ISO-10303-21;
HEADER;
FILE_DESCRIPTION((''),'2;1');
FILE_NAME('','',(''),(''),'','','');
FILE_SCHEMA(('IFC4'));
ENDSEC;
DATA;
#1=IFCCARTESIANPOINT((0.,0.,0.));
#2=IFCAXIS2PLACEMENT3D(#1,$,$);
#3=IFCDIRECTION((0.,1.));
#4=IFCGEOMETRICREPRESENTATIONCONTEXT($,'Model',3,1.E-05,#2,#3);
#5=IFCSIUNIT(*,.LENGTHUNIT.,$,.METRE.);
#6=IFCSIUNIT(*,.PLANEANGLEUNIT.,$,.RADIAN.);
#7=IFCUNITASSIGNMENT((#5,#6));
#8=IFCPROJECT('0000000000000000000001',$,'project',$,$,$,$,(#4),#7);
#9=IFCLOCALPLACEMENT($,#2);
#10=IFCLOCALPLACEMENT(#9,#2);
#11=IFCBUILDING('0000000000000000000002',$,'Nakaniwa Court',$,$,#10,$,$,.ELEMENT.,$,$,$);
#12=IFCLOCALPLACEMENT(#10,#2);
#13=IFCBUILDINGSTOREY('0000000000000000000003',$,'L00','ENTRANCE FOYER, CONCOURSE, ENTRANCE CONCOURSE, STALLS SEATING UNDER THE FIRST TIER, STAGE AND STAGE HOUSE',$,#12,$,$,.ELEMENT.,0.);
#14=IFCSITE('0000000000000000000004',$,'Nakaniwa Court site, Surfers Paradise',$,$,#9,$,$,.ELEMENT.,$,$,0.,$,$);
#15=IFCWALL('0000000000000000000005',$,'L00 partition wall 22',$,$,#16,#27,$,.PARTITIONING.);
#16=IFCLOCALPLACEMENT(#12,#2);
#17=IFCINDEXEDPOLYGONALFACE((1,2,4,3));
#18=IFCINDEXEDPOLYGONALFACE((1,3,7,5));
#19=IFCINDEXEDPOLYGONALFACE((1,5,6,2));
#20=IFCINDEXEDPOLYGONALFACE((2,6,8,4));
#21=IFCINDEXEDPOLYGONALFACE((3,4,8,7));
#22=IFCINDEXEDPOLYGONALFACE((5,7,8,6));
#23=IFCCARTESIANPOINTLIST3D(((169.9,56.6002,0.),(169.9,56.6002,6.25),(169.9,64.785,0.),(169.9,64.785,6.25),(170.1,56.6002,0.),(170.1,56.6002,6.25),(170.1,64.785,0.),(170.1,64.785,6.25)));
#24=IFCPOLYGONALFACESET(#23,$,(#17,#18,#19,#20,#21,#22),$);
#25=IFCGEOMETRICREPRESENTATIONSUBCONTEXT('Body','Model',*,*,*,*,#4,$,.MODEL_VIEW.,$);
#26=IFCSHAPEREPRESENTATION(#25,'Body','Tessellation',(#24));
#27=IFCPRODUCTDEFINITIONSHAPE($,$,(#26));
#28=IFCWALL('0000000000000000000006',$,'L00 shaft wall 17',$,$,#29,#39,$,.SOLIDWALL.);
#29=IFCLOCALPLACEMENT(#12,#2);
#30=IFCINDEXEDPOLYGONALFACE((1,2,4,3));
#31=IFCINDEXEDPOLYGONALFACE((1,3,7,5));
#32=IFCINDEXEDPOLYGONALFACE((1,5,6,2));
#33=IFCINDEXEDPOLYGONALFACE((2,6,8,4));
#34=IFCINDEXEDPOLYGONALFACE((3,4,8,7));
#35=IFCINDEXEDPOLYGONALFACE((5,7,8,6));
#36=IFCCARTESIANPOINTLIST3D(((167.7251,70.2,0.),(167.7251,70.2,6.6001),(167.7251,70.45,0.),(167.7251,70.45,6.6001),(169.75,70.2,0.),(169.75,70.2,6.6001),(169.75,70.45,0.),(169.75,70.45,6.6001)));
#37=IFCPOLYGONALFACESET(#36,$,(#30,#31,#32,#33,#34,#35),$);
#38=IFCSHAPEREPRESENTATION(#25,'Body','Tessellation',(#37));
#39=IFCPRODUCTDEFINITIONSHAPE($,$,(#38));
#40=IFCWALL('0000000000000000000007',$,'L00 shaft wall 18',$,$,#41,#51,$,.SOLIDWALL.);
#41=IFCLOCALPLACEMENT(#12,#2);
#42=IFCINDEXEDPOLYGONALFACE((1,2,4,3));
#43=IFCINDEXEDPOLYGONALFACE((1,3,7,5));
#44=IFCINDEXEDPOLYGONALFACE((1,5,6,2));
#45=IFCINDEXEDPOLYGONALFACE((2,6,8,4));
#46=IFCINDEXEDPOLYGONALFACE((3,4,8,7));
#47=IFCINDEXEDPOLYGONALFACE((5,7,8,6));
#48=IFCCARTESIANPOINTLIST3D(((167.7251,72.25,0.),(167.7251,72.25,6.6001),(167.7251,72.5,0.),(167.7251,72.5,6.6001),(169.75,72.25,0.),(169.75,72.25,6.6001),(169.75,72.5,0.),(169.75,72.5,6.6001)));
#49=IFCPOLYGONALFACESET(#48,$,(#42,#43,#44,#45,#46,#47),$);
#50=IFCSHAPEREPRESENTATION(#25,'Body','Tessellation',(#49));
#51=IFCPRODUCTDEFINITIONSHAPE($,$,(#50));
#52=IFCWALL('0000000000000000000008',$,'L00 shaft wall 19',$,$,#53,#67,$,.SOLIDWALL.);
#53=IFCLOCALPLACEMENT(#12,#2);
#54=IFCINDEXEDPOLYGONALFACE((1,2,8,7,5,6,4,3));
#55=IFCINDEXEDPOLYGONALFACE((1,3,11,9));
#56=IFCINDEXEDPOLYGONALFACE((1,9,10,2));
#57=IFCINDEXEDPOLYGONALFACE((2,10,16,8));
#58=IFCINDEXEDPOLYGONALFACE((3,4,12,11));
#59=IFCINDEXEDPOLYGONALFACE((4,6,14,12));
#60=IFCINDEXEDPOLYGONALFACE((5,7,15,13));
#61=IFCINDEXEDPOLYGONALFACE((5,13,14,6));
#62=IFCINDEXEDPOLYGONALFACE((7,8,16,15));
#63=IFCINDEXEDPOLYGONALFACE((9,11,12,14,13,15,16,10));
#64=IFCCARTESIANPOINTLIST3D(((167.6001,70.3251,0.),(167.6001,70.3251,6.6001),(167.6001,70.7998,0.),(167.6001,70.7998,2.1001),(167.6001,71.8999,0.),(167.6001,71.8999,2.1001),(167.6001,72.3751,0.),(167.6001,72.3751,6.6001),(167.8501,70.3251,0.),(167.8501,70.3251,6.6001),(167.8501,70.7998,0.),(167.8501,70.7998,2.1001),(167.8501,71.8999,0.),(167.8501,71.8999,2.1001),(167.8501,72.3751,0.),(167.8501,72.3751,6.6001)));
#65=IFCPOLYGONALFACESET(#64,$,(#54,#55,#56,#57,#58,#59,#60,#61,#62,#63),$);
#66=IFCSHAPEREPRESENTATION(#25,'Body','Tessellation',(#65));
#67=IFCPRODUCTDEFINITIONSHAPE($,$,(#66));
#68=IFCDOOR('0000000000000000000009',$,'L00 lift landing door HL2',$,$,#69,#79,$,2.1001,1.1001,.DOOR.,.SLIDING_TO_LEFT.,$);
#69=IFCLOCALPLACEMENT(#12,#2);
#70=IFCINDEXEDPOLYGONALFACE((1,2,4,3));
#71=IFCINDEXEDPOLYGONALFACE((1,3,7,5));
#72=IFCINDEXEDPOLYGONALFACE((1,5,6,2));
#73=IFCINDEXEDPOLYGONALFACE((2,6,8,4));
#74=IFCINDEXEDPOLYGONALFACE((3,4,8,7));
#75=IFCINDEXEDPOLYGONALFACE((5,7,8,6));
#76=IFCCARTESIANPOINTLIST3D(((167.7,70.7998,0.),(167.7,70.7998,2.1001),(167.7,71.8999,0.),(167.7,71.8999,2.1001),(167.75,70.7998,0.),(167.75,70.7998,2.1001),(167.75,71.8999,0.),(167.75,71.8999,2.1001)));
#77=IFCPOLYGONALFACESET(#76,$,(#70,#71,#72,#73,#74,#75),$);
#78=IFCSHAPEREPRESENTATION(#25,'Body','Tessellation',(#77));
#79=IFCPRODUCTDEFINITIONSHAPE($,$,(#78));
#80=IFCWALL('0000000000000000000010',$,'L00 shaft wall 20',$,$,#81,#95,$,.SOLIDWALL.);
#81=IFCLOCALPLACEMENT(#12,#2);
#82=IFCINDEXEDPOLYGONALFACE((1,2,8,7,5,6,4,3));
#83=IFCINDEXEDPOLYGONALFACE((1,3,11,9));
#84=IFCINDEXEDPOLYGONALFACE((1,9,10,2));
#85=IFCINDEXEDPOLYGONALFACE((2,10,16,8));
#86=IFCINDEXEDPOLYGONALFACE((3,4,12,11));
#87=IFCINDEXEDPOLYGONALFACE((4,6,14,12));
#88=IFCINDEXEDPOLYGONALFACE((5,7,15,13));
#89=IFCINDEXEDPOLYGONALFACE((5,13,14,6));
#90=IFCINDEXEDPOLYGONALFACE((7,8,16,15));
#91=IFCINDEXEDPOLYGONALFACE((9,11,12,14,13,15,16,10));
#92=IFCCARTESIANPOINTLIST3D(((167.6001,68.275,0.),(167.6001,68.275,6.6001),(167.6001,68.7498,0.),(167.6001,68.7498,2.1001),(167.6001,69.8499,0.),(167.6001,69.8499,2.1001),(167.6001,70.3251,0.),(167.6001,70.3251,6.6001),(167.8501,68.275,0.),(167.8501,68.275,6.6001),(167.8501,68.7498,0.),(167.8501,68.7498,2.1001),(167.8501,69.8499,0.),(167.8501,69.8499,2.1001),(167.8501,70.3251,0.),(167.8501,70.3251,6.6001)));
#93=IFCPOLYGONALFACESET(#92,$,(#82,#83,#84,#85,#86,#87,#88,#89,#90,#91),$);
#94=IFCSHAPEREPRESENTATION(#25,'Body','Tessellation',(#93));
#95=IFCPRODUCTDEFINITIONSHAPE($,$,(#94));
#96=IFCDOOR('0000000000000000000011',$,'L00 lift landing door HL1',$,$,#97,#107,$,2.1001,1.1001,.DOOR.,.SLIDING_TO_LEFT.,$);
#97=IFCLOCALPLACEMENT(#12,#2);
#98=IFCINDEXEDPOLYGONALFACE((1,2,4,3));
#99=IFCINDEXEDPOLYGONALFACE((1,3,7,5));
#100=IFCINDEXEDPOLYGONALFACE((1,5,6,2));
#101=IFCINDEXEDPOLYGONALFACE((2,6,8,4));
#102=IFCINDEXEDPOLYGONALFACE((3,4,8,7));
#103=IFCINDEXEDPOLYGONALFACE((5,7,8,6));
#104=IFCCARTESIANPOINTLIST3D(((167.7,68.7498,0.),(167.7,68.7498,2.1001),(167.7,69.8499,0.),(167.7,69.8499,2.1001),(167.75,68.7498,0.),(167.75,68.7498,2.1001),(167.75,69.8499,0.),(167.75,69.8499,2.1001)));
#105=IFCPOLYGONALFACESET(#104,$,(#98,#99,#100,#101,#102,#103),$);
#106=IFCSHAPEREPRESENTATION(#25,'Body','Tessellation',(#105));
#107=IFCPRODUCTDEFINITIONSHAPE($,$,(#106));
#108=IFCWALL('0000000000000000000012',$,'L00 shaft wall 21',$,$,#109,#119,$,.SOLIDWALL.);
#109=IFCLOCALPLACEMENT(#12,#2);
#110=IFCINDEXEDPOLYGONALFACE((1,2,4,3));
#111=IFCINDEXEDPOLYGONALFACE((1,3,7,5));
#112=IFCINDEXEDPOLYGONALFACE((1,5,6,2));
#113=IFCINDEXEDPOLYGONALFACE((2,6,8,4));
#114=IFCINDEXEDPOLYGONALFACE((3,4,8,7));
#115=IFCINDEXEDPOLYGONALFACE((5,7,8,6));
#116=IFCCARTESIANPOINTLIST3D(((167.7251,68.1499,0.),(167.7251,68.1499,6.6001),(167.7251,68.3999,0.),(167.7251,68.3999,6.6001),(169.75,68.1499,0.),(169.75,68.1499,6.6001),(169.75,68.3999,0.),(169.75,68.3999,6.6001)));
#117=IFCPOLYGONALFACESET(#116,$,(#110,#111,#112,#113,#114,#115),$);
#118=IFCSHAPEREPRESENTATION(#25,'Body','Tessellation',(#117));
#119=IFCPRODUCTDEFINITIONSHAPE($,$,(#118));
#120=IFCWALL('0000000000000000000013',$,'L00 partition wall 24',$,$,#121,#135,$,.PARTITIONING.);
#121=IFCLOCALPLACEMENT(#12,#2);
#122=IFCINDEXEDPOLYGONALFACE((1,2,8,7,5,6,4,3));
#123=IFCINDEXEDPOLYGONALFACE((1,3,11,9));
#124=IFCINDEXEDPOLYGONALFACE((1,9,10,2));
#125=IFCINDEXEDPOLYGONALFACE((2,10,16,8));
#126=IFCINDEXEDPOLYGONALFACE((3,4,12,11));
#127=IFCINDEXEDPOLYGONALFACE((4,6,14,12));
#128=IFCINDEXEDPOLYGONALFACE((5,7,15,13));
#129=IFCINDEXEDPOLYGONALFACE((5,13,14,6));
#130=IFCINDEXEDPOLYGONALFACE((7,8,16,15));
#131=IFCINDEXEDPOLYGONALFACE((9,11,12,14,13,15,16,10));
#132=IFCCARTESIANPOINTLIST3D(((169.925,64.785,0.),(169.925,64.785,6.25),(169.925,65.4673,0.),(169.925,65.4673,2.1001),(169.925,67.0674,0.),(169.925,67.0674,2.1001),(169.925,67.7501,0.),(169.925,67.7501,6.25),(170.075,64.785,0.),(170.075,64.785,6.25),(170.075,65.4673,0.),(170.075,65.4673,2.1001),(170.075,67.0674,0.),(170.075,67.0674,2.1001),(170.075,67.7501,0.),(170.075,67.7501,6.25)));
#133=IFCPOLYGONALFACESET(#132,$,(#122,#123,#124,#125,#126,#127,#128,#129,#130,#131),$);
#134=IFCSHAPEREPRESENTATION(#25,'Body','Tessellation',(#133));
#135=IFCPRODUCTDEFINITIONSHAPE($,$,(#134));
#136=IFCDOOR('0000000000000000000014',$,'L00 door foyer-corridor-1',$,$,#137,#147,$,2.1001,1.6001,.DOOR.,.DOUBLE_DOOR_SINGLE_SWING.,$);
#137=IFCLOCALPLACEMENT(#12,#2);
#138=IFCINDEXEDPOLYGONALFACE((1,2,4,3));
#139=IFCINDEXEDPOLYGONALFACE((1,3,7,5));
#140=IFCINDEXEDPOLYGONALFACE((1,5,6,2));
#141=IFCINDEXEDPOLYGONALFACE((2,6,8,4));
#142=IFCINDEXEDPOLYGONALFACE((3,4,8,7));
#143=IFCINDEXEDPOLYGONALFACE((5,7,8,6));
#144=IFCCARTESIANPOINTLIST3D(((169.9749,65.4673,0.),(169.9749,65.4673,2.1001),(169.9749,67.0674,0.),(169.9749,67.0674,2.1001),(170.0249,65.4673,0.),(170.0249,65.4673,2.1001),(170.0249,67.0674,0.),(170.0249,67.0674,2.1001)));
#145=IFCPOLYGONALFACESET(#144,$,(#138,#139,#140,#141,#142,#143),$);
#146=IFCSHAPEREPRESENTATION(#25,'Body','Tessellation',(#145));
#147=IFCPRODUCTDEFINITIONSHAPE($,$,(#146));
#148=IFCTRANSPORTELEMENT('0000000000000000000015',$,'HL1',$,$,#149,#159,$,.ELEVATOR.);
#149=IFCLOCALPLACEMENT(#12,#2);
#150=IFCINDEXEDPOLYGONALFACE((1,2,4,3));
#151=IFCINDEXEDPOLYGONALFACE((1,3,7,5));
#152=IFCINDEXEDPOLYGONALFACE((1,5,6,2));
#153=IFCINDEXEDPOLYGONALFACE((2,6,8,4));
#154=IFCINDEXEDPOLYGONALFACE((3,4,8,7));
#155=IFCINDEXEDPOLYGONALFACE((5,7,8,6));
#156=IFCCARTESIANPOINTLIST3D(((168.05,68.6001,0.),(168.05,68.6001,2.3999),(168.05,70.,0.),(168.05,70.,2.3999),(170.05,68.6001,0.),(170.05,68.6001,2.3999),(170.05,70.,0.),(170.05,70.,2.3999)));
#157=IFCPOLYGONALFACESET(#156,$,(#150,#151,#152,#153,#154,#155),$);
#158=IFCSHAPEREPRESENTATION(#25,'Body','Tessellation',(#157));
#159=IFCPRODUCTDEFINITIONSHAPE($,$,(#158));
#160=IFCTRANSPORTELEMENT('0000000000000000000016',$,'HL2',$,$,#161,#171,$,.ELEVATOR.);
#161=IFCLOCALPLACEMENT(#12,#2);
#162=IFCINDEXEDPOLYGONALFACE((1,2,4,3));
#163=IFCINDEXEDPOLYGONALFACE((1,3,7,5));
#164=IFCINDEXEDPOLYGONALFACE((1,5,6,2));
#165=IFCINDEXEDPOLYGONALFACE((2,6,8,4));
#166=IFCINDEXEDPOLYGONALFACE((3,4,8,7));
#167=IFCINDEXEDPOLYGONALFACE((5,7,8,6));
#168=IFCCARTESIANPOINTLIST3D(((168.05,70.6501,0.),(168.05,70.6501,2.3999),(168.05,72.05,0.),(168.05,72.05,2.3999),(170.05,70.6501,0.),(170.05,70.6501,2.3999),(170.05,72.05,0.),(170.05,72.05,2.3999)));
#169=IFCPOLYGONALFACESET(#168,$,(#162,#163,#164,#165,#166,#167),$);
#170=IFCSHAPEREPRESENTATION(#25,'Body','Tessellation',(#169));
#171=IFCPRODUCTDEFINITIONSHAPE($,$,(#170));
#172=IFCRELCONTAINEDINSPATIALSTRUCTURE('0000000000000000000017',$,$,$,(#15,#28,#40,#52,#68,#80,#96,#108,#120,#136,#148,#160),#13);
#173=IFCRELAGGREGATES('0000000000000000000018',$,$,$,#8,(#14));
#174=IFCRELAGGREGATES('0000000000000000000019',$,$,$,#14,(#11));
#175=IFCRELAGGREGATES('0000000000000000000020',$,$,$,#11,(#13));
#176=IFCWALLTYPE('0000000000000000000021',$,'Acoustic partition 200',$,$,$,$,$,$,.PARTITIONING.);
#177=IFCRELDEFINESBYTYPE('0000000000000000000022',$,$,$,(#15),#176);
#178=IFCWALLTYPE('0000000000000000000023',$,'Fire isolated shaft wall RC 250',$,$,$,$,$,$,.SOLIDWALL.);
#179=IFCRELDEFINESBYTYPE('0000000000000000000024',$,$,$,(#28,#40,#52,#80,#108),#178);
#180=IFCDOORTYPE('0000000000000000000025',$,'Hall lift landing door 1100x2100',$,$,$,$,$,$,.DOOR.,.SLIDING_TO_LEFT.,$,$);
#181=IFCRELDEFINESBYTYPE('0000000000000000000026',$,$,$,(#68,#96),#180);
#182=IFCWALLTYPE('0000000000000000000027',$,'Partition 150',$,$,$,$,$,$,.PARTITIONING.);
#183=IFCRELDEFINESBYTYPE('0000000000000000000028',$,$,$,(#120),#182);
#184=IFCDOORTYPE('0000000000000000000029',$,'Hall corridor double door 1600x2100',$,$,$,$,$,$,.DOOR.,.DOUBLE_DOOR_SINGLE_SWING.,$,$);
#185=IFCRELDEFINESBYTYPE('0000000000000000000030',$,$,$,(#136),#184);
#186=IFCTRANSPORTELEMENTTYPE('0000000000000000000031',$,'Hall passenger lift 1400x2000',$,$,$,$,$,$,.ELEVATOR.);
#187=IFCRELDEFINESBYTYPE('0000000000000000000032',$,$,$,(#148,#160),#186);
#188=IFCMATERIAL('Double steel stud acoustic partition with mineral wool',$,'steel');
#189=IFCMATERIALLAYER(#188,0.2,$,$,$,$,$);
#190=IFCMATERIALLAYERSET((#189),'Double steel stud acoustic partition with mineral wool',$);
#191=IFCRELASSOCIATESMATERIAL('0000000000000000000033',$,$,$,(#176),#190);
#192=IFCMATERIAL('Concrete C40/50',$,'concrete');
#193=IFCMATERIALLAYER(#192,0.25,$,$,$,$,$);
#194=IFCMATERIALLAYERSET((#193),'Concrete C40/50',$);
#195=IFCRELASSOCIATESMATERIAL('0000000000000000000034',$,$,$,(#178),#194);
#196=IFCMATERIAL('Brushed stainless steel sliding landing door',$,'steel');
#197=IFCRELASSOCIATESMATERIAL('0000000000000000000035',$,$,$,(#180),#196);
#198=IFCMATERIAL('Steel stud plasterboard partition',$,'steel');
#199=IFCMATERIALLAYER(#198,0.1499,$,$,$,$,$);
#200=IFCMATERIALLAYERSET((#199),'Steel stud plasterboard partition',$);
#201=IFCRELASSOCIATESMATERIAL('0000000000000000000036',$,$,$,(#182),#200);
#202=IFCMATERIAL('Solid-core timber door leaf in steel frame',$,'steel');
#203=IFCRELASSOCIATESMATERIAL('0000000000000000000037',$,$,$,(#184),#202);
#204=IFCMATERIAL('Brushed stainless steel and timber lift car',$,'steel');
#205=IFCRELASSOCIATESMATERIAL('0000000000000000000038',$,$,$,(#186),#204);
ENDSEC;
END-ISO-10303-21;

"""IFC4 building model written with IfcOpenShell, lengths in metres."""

from ifc_helpers import new_model, si_unit, direction, frame, frame_2d, origin, origin_2d, place, context, subcontext, project, spatial, rectangle, extrude, material, layer, layer_set, type_object, element, fill, save


model = new_model("IFC4")

# Units and contexts
model_context = context("Model", 3, precision=1e-05, world=origin(), true_north=direction((0.0, 1.0)))
body_context = subcontext(model_context, "Body", "Model", "MODEL_VIEW")
ifc_project = project(units=[si_unit("LENGTHUNIT", "METRE"), si_unit("PLANEANGLEUNIT", "RADIAN")], contexts=[model_context])

# Site, building, storey
site_placement = place(None, origin())
site = spatial("IfcSite", under=ifc_project, at=site_placement, Name="Nakaniwa Court site, Surfers Paradise", CompositionType="ELEMENT", RefElevation=0.0)
building_placement = place(site_placement, origin())
building = spatial("IfcBuilding", under=site, at=building_placement, Name="Nakaniwa Court", CompositionType="ELEMENT")
storey_placement = place(building_placement, origin())
storey = spatial("IfcBuildingStorey", under=building, at=storey_placement, Name="L00", Description="ENTRANCE FOYER, CONCOURSE, ENTRANCE CONCOURSE, STALLS SEATING UNDER THE FIRST TIER, STAGE AND STAGE HOUSE", CompositionType="ELEMENT", Elevation=0.0)

# Shared definitions
ifc_material_1 = material(Name="Concrete C40/50", Category="concrete")

# Wall
ifc_material_2 = material(Name="Double steel stud acoustic partition with mineral wool", Category="steel")
ifc_layer_1 = layer(ifc_material_2, 0.2)
ifc_layer_set_1 = layer_set([ifc_layer_1], Name="Double steel stud acoustic partition with mineral wool")
wall_type_1 = type_object("IfcWallType", Name="Acoustic partition 200", PredefinedType="PARTITIONING", material=ifc_layer_set_1)
wall_1_placement = place(storey_placement, frame((170.0, 64.7849, 0.0), z_axis=(0.0, 0.0, 1.0), x_axis=(0.0, -1.0, 0.0)))
element("IfcWall", 1, at=wall_1_placement, inside=storey, type_object=wall_type_1, Name="L00 partition wall 22", PredefinedType="PARTITIONING", context=body_context, shape_type="SweptSolid", body=[
    extrude(rectangle(XDim=8.1848, YDim=0.2, at=frame_2d((4.0923, 0.0))), origin(), (0.0, 0.0, 1.0), 6.25),
])

# Walls
ifc_layer_2 = layer(ifc_material_1, 0.25)
ifc_layer_set_2 = layer_set([ifc_layer_2], Name="Concrete C40/50")
wall_type_2 = type_object("IfcWallType", Name="Fire isolated shaft wall RC 250", PredefinedType="SOLIDWALL", material=ifc_layer_set_2)
for number, where, z_axis, x_axis, name in (
    (2, (167.7251, 70.325, 0.0), (0.0, 0.0, 1.0), (1.0, 0.0, 0.0), "L00 shaft wall 17"),
    (3, (169.75, 72.375, 0.0), (0.0, 0.0, 1.0), (-1.0, 0.0, 0.0), "L00 shaft wall 18"),
):
    element("IfcWall", number, at=place(storey_placement, frame(where, z_axis=z_axis, x_axis=x_axis)), inside=storey, type_object=wall_type_2, Name=name, PredefinedType="SOLIDWALL", context=body_context, shape_type="SweptSolid", body=[
        extrude(rectangle(XDim=2.0249, YDim=0.25, at=frame_2d((1.0125, 0.0))), origin(), (0.0, 0.0, 1.0), 6.6001),
    ])

# Walls, openings, doors
wall_2_placement = place(storey_placement, frame((167.7251, 72.375, 0.0), z_axis=(0.0, 0.0, 1.0), x_axis=(0.0, -1.0, 0.0)))
wall_2 = element("IfcWall", 4, at=wall_2_placement, inside=storey, type_object=wall_type_2, Name="L00 shaft wall 19", PredefinedType="SOLIDWALL", context=body_context, shape_type="SweptSolid", body=[
    extrude(rectangle(XDim=2.05, YDim=0.25, at=frame_2d((1.0249, 0.0))), origin(), (0.0, 0.0, 1.0), 6.6001),
])
opening_1_placement = place(wall_2_placement, frame((0.4751, 0.0, 0.0)))
opening_1 = element("IfcOpeningElement", 5, at=opening_1_placement, cuts=wall_2, PredefinedType="OPENING", context=body_context, shape_type="SweptSolid", body=[
    extrude(rectangle(XDim=1.1001, YDim=2.1001, at=frame_2d((0.55, 1.05))), frame((0.0, 0.135, 0.0), z_axis=(0.0, -1.0, 0.0), x_axis=(1.0, 0.0, 0.0)), (0.0, 0.0, 1.0), 0.27),
])
ifc_material_3 = material(Name="Brushed stainless steel sliding landing door", Category="steel")
door_type_1 = type_object("IfcDoorType", Name="Hall lift landing door 1100x2100", OperationType="SLIDING_TO_LEFT", PredefinedType="DOOR", material=ifc_material_3)
door_1_placement = place(opening_1_placement, origin())
door_1 = element("IfcDoor", 6, at=door_1_placement, inside=storey, type_object=door_type_1, Name="L00 lift landing door HL2", OperationType="SLIDING_TO_LEFT", OverallHeight=2.1001, OverallWidth=1.1001, PredefinedType="DOOR", context=body_context, shape_type="SweptSolid", body=[
    extrude(rectangle(XDim=1.1001, YDim=2.1001, at=frame_2d((0.55, 1.05))), frame((0.0, 0.0249, 0.0), z_axis=(0.0, -1.0, 0.0), x_axis=(1.0, 0.0, 0.0)), (0.0, 0.0, 1.0), 0.05),
])
fill(opening_1, door_1)
wall_3_placement = place(storey_placement, frame((167.7251, 70.325, 0.0), z_axis=(0.0, 0.0, 1.0), x_axis=(0.0, -1.0, 0.0)))
wall_3 = element("IfcWall", 7, at=wall_3_placement, inside=storey, type_object=wall_type_2, Name="L00 shaft wall 20", PredefinedType="SOLIDWALL", context=body_context, shape_type="SweptSolid", body=[
    extrude(rectangle(XDim=2.05, YDim=0.25, at=frame_2d((1.0249, 0.0))), origin(), (0.0, 0.0, 1.0), 6.6001),
])
opening_2_placement = place(wall_3_placement, frame((0.4751, 0.0, 0.0)))
opening_2 = element("IfcOpeningElement", 8, at=opening_2_placement, cuts=wall_3, PredefinedType="OPENING", context=body_context, shape_type="SweptSolid", body=[
    extrude(rectangle(XDim=1.1001, YDim=2.1001, at=frame_2d((0.55, 1.05))), frame((0.0, 0.135, 0.0), z_axis=(0.0, -1.0, 0.0), x_axis=(1.0, 0.0, 0.0)), (0.0, 0.0, 1.0), 0.27),
])
door_2_placement = place(opening_2_placement, origin())
door_2 = element("IfcDoor", 9, at=door_2_placement, inside=storey, type_object=door_type_1, Name="L00 lift landing door HL1", OperationType="SLIDING_TO_LEFT", OverallHeight=2.1001, OverallWidth=1.1001, PredefinedType="DOOR", context=body_context, shape_type="SweptSolid", body=[
    extrude(rectangle(XDim=1.1001, YDim=2.1001, at=frame_2d((0.55, 1.05))), frame((0.0, 0.0249, 0.0), z_axis=(0.0, -1.0, 0.0), x_axis=(1.0, 0.0, 0.0)), (0.0, 0.0, 1.0), 0.05),
])
fill(opening_2, door_2)

# Wall
wall_4_placement = place(storey_placement, frame((167.7251, 68.2749, 0.0), z_axis=(0.0, 0.0, 1.0), x_axis=(1.0, 0.0, 0.0)))
element("IfcWall", 10, at=wall_4_placement, inside=storey, type_object=wall_type_2, Name="L00 shaft wall 21", PredefinedType="SOLIDWALL", context=body_context, shape_type="SweptSolid", body=[
    extrude(rectangle(XDim=2.0249, YDim=0.25, at=frame_2d((1.0125, 0.0))), origin(), (0.0, 0.0, 1.0), 6.6001),
])

# Wall, opening, door
ifc_material_4 = material(Name="Steel stud plasterboard partition", Category="steel")
ifc_layer_3 = layer(ifc_material_4, 0.1499)
ifc_layer_set_3 = layer_set([ifc_layer_3], Name="Steel stud plasterboard partition")
wall_type_3 = type_object("IfcWallType", Name="Partition 150", PredefinedType="PARTITIONING", material=ifc_layer_set_3)
wall_5_placement = place(storey_placement, frame((170.0, 67.75, 0.0), z_axis=(0.0, 0.0, 1.0), x_axis=(0.0, -1.0, 0.0)))
wall_5 = element("IfcWall", 11, at=wall_5_placement, inside=storey, type_object=wall_type_3, Name="L00 partition wall 24", PredefinedType="PARTITIONING", context=body_context, shape_type="SweptSolid", body=[
    extrude(rectangle(XDim=2.9651, YDim=0.1499, at=frame_2d((1.4824, 0.0))), origin(), (0.0, 0.0, 1.0), 6.25),
])
opening_3_placement = place(wall_5_placement, frame((0.6826, 0.0, 0.0)))
opening_3 = element("IfcOpeningElement", 12, at=opening_3_placement, cuts=wall_5, PredefinedType="OPENING", context=body_context, shape_type="SweptSolid", body=[
    extrude(rectangle(XDim=1.6001, YDim=2.1001, at=frame_2d((0.8, 1.05))), frame((0.0, 0.085, 0.0), z_axis=(0.0, -1.0, 0.0), x_axis=(1.0, 0.0, 0.0)), (0.0, 0.0, 1.0), 0.1699),
])
ifc_material_5 = material(Name="Solid-core timber door leaf in steel frame", Category="steel")
door_type_2 = type_object("IfcDoorType", Name="Hall corridor double door 1600x2100", OperationType="DOUBLE_DOOR_SINGLE_SWING", PredefinedType="DOOR", material=ifc_material_5)
door_3_placement = place(opening_3_placement, origin())
door_3 = element("IfcDoor", 13, at=door_3_placement, inside=storey, type_object=door_type_2, Name="L00 door foyer-corridor-1", OperationType="DOUBLE_DOOR_SINGLE_SWING", OverallHeight=2.1001, OverallWidth=1.6001, PredefinedType="DOOR", context=body_context, shape_type="SweptSolid", body=[
    extrude(rectangle(XDim=1.6001, YDim=2.1001, at=frame_2d((0.8, 1.05))), frame((0.0, 0.0249, 0.0), z_axis=(0.0, -1.0, 0.0), x_axis=(1.0, 0.0, 0.0)), (0.0, 0.0, 1.0), 0.05),
])
fill(opening_3, door_3)

# Transport elements
ifc_material_6 = material(Name="Brushed stainless steel and timber lift car", Category="steel")
transport_element_type = type_object("IfcTransportElementType", Name="Hall passenger lift 1400x2000", PredefinedType="ELEVATOR", material=ifc_material_6)
for number, where, z_axis, x_axis, name in (
    (14, (169.05, 69.3, 0.0), (0.0, 0.0, 1.0), (1.0, 0.0, 0.0), "HL1"),
    (15, (169.05, 71.3501, 0.0), (0.0, 0.0, 1.0), (1.0, 0.0, 0.0), "HL2"),
):
    element("IfcTransportElement", number, at=place(storey_placement, frame(where, z_axis=z_axis, x_axis=x_axis)), inside=storey, type_object=transport_element_type, Name=name, PredefinedType="ELEVATOR", context=body_context, shape_type="SweptSolid", body=[
        extrude(rectangle(XDim=2.0, YDim=1.3999, at=origin_2d()), origin(), (0.0, 0.0, 1.0), 2.3999),
    ])

save(model, "model.ifc")
